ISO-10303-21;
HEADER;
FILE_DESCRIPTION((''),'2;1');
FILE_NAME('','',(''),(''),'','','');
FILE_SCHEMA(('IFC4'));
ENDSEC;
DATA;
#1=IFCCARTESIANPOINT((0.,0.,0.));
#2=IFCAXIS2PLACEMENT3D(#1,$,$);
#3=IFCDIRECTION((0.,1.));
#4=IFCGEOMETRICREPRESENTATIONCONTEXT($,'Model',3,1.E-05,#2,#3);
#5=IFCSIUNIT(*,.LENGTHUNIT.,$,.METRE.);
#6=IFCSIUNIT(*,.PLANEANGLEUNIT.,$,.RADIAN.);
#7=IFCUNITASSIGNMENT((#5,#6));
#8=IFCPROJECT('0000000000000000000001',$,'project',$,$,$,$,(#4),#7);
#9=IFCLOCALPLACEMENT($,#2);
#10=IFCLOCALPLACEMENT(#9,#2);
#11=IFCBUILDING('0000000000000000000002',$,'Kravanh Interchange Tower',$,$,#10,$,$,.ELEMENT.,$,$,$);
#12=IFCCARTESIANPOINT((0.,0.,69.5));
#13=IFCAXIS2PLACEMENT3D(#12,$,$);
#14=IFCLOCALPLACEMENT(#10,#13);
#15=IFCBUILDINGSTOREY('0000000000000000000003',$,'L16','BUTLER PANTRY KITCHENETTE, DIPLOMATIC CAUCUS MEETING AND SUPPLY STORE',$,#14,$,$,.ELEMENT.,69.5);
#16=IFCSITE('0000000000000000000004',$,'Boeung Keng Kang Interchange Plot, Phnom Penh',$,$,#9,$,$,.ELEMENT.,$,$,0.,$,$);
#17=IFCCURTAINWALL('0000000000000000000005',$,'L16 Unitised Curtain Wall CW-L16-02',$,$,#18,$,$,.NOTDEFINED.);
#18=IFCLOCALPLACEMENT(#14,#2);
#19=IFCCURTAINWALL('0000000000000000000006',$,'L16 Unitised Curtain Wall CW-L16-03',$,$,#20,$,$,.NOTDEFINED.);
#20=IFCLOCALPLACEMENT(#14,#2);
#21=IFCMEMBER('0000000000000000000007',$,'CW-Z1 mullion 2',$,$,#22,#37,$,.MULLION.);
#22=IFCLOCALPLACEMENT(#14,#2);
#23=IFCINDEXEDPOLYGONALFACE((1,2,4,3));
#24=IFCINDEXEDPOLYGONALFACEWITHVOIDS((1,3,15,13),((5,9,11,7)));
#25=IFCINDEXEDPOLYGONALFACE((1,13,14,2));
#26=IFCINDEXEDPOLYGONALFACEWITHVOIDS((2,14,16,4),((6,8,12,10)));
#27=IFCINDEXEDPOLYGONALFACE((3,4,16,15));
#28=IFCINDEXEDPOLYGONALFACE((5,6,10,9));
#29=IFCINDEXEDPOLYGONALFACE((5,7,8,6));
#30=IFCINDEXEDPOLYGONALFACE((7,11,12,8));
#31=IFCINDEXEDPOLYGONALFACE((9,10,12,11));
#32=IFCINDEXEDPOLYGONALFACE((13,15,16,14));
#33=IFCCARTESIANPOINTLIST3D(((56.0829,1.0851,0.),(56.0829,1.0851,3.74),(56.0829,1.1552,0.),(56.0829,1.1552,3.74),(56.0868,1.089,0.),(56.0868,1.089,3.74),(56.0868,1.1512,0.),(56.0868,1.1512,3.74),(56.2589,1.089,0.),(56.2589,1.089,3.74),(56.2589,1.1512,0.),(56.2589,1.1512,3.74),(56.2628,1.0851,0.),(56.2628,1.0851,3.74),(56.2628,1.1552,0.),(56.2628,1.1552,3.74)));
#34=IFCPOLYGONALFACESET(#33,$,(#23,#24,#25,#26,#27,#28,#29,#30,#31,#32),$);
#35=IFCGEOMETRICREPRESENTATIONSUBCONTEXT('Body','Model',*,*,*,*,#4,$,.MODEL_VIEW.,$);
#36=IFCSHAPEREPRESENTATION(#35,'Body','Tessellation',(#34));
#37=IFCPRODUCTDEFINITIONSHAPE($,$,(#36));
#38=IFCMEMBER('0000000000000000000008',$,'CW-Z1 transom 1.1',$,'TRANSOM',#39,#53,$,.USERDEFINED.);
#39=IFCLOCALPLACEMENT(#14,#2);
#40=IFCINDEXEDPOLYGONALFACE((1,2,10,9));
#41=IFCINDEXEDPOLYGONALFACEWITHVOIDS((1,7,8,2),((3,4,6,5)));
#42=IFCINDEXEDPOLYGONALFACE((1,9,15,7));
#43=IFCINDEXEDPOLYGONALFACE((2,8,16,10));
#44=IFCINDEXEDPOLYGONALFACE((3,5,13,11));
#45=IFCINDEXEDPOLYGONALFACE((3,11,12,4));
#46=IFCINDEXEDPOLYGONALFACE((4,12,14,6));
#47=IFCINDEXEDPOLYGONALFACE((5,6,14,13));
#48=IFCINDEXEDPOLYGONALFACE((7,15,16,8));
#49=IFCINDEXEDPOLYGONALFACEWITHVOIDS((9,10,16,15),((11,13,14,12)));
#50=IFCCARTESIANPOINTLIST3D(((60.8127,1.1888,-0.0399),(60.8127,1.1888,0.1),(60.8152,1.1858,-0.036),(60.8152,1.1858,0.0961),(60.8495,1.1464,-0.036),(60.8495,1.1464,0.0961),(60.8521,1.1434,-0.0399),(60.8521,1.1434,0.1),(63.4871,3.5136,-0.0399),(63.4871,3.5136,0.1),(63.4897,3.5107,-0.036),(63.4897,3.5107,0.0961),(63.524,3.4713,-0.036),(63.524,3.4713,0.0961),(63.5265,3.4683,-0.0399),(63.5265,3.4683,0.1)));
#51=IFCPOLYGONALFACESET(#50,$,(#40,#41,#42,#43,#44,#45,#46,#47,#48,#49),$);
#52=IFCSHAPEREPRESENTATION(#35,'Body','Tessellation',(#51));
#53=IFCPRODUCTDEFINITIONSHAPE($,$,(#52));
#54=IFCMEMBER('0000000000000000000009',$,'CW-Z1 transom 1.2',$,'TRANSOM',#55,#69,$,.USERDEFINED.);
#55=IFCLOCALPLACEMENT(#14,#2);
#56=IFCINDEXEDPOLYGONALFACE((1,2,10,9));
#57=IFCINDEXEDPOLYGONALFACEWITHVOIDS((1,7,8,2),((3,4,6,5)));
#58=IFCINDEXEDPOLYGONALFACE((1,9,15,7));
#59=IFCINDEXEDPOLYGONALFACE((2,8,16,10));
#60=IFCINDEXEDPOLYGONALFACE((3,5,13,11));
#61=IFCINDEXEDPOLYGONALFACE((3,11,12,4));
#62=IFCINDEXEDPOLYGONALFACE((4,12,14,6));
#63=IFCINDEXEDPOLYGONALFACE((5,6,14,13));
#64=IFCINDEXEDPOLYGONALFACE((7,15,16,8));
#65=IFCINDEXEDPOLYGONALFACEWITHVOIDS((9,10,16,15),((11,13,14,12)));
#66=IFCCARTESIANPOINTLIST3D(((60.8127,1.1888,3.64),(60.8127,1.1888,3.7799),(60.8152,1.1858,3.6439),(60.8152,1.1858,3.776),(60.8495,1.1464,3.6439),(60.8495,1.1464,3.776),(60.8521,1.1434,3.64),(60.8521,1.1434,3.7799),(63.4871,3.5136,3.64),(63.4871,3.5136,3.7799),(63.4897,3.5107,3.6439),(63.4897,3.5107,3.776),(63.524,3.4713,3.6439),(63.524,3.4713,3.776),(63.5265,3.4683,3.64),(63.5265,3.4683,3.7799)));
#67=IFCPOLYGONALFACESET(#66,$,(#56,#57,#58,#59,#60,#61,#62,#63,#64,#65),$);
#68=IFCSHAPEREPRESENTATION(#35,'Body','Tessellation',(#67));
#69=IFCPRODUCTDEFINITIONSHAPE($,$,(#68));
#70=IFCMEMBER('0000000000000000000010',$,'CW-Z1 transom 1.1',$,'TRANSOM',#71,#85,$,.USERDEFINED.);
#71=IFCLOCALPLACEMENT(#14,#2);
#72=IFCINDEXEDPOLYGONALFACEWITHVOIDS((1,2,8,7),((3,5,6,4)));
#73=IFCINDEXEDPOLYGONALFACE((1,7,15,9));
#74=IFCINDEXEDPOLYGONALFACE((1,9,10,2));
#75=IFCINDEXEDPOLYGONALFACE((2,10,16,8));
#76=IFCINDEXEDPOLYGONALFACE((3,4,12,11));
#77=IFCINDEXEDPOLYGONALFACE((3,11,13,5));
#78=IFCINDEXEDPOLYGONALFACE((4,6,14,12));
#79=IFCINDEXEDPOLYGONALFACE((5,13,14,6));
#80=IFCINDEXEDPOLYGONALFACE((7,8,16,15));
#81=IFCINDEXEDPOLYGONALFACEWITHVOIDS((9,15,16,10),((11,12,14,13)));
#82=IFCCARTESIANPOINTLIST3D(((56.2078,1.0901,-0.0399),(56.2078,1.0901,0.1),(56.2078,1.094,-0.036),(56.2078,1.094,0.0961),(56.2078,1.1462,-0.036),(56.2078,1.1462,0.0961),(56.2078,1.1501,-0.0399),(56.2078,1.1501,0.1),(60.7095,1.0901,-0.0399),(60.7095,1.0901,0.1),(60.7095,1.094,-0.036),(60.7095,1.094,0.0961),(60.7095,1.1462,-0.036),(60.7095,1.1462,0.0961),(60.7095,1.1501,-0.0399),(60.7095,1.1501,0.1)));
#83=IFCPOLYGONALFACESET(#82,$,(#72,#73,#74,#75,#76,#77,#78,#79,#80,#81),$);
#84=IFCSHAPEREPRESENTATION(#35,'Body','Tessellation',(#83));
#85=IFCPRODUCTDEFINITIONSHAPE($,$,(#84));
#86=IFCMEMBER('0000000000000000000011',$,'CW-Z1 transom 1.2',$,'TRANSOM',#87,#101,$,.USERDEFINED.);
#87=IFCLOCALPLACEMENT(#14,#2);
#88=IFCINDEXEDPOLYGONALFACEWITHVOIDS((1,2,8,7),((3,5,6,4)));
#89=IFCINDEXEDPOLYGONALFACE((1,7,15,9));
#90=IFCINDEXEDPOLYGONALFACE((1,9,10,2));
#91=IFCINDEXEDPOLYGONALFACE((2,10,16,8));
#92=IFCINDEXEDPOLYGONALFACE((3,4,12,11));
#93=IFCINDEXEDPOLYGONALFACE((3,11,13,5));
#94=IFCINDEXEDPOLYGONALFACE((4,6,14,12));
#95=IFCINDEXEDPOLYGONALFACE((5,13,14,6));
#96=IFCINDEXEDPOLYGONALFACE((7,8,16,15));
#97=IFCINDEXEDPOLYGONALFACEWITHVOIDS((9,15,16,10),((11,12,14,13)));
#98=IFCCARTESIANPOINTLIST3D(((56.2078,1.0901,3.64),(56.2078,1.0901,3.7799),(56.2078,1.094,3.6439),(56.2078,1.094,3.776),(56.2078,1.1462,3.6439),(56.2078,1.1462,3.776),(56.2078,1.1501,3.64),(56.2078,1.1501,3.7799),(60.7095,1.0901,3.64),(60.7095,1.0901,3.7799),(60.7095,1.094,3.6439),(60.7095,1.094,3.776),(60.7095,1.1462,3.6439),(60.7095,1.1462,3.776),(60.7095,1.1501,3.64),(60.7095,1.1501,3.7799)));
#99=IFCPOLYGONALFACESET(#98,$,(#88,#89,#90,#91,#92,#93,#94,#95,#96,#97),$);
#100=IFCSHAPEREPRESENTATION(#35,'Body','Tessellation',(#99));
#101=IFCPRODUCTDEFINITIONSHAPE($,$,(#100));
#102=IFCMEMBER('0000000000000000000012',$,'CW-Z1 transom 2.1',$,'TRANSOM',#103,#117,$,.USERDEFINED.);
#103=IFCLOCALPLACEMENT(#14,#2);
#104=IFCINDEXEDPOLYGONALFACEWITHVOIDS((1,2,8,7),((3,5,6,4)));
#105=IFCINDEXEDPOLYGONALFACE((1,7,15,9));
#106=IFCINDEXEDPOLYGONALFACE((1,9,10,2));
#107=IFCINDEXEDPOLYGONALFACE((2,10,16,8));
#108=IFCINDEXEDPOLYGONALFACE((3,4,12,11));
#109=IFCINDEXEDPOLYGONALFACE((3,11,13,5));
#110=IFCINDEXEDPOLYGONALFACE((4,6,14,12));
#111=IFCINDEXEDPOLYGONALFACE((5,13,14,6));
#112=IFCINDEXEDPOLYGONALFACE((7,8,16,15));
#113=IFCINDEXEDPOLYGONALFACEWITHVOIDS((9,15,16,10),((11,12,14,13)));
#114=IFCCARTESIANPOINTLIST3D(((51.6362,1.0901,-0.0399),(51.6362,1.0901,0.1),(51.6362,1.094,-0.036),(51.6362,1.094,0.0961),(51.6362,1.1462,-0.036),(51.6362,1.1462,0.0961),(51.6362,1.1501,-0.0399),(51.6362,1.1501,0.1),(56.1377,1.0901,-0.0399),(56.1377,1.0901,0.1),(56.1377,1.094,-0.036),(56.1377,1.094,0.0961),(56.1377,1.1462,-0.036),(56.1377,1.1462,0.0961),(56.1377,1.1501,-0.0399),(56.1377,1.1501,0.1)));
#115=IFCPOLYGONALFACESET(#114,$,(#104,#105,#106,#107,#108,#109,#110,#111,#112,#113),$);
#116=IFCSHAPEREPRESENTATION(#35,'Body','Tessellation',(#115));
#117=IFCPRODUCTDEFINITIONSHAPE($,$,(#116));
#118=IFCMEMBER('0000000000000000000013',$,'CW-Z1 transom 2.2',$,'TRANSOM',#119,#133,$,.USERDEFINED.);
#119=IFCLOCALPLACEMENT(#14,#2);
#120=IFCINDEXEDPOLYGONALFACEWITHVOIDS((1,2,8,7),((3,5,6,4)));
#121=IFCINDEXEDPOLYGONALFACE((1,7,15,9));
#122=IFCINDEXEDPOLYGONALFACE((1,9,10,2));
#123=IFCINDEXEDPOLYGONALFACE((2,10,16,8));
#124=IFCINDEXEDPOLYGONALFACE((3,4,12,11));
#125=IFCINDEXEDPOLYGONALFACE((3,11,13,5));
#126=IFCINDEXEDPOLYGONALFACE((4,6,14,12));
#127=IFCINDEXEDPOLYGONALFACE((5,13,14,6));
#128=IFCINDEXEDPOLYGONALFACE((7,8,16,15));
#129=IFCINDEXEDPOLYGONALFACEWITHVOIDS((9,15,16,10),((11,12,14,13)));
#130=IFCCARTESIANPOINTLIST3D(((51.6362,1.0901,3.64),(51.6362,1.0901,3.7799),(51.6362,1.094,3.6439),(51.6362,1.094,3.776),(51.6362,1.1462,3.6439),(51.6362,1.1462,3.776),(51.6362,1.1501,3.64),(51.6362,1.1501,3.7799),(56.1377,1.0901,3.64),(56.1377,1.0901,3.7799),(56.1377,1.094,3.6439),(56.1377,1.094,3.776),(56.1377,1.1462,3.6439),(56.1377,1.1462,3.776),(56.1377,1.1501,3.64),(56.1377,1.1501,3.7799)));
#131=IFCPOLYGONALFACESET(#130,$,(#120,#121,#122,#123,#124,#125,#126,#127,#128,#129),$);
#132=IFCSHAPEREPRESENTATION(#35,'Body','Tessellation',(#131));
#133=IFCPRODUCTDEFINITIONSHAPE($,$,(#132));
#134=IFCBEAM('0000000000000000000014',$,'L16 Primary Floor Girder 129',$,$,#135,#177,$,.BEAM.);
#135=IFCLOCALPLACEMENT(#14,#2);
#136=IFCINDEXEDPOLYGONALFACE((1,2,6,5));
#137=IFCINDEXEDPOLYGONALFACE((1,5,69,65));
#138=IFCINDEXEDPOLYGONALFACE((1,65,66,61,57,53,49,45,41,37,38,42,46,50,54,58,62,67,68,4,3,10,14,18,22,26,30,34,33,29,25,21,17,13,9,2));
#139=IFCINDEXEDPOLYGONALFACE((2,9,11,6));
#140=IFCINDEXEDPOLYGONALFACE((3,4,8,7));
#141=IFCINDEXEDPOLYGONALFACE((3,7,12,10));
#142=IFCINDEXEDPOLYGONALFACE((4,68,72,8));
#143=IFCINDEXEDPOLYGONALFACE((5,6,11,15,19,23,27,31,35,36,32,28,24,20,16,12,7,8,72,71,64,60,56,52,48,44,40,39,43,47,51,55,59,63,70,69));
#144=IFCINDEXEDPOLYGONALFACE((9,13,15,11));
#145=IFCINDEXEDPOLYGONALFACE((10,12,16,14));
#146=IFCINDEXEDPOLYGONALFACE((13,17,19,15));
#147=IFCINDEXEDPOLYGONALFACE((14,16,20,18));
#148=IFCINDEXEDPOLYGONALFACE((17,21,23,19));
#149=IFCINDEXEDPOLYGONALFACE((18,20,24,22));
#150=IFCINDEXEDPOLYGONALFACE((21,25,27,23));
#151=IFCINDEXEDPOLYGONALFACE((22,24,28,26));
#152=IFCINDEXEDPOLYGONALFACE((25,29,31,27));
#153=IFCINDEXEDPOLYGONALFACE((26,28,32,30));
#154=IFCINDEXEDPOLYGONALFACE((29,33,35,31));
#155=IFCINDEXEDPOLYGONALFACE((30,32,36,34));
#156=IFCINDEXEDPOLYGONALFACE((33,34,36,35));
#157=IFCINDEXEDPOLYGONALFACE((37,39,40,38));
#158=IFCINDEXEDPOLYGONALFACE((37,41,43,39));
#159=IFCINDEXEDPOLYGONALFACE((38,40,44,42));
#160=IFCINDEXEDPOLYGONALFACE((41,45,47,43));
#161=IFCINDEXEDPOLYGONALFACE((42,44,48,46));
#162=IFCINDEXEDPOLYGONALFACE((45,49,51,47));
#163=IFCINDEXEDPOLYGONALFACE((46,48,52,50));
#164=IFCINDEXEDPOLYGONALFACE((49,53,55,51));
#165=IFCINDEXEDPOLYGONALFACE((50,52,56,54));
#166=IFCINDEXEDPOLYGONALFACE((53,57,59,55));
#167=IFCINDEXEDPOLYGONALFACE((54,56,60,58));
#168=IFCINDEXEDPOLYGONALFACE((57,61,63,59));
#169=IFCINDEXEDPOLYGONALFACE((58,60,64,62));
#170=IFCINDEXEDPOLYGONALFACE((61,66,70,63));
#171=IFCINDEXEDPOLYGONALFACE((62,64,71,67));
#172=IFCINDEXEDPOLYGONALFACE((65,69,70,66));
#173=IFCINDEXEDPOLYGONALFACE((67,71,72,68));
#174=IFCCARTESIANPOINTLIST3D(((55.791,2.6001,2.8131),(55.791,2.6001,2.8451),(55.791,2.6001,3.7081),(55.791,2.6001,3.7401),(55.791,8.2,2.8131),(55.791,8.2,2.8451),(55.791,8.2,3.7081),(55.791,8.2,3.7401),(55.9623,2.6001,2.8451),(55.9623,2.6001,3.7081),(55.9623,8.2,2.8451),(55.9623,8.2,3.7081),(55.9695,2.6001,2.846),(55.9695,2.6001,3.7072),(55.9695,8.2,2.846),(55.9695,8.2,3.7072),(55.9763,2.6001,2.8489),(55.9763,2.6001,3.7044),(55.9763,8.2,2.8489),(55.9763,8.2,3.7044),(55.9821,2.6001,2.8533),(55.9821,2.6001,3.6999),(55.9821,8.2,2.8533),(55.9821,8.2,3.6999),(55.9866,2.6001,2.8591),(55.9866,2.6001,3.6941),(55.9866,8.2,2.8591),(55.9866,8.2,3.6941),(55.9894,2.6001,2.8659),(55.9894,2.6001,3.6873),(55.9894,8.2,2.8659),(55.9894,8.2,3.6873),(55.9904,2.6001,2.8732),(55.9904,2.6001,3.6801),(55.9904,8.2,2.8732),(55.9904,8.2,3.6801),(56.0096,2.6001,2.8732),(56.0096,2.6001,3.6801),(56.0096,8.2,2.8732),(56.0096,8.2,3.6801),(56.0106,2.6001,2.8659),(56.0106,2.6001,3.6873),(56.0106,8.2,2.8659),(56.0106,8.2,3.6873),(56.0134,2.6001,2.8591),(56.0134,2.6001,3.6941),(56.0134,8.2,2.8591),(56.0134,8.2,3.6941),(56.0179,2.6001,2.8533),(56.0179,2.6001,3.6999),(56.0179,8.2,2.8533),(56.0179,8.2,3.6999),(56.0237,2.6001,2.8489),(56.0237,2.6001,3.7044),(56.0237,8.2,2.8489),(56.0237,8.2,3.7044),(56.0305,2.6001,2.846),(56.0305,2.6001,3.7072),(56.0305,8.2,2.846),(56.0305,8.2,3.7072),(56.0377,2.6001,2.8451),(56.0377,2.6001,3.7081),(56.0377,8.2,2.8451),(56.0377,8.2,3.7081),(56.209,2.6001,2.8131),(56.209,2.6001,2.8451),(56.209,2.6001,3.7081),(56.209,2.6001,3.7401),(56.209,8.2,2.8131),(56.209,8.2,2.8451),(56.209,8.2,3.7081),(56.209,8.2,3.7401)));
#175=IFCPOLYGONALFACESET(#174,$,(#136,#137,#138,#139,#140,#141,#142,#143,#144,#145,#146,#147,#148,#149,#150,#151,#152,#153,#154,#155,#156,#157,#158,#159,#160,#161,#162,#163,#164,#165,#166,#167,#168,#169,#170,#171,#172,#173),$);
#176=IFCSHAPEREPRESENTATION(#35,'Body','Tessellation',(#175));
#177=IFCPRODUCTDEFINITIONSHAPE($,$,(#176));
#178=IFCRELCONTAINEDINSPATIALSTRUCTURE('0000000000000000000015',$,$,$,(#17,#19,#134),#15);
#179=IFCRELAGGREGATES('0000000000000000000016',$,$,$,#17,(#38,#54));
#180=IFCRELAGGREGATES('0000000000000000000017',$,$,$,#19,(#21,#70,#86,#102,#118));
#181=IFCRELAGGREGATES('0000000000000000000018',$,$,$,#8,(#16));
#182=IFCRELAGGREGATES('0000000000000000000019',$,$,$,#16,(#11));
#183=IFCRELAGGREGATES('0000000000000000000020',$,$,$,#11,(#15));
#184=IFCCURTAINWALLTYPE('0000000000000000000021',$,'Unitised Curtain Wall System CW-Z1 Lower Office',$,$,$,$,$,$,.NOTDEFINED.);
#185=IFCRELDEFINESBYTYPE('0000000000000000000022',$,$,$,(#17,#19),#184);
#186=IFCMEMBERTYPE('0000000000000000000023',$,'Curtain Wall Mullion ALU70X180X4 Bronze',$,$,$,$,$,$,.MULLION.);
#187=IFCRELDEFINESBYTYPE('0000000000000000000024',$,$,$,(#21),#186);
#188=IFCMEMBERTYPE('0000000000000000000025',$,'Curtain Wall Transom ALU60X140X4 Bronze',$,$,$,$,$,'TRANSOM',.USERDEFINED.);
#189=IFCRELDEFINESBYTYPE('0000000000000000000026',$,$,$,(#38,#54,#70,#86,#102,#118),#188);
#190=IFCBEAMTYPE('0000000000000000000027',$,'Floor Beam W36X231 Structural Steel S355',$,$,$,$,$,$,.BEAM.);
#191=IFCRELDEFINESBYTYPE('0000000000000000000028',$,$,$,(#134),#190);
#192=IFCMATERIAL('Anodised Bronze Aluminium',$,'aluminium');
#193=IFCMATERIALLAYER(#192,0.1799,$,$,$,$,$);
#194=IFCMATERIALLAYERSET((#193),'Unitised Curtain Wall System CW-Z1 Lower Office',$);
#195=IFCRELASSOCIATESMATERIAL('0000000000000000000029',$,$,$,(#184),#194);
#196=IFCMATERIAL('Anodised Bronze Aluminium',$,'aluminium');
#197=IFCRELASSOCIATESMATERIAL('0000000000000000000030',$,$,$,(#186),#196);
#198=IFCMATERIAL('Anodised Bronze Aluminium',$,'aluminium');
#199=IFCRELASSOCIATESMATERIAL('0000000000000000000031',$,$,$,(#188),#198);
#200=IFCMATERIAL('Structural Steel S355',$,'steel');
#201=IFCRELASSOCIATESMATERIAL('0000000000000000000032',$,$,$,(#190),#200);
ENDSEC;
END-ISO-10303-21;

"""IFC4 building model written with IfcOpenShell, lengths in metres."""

from ifc_helpers import new_model, si_unit, direction, frame, origin, origin_2d, place, context, subcontext, project, spatial, hollow_rectangle, i_section, extrude, material, layer, layer_set, material_profile, profile_set, type_object, element, aggregate, save


model = new_model("IFC4")

# Units and contexts
model_context = context("Model", 3, precision=1e-05, world=origin(), true_north=direction((0.0, 1.0)))
body_context = subcontext(model_context, "Body", "Model", "MODEL_VIEW")
ifc_project = project(units=[si_unit("LENGTHUNIT", "METRE"), si_unit("PLANEANGLEUNIT", "RADIAN")], contexts=[model_context])

# Site, building, storey
site_placement = place(None, origin())
site = spatial("IfcSite", under=ifc_project, at=site_placement, Name="Boeung Keng Kang Interchange Plot, Phnom Penh", CompositionType="ELEMENT", RefElevation=0.0)
building_placement = place(site_placement, origin())
building = spatial("IfcBuilding", under=site, at=building_placement, Name="Kravanh Interchange Tower", CompositionType="ELEMENT")
storey_placement = place(building_placement, frame((0.0, 0.0, 69.5)))
storey = spatial("IfcBuildingStorey", under=building, at=storey_placement, Name="L16", Description="BUTLER PANTRY KITCHENETTE, DIPLOMATIC CAUCUS MEETING AND SUPPLY STORE", CompositionType="ELEMENT", Elevation=69.5)

# Curtain walls, member
ifc_material_1 = material(Name="Anodised Bronze Aluminium", Category="aluminium")
ifc_layer_1 = layer(ifc_material_1, 0.1799)
ifc_layer_set_1 = layer_set([ifc_layer_1], Name="Unitised Curtain Wall System CW-Z1 Lower Office")
curtain_wall_type = type_object("IfcCurtainWallType", Name="Unitised Curtain Wall System CW-Z1 Lower Office", PredefinedType="NOTDEFINED", material=ifc_layer_set_1)
curtain_wall_1_placement = place(storey_placement, origin())
curtain_wall_1 = element("IfcCurtainWall", 1, at=curtain_wall_1_placement, inside=storey, type_object=curtain_wall_type, Name="L16 Unitised Curtain Wall CW-L16-02", PredefinedType="NOTDEFINED")
ifc_material_2 = material(Name="Anodised Bronze Aluminium", Category="aluminium")
ifc_material_profile_1 = material_profile(ifc_material_2, hollow_rectangle(XDim=0.0701, YDim=0.1799, WallThickness=0.0039, at=origin_2d()), Name="ALU70X180X4")
ifc_profile_set_1 = profile_set([ifc_material_profile_1], Name="Anodised Bronze Aluminium")
member_type_1 = type_object("IfcMemberType", Name="Curtain Wall Mullion ALU70X180X4 Bronze", PredefinedType="MULLION", material=ifc_profile_set_1)
curtain_wall_2_placement = place(storey_placement, origin())
curtain_wall_2 = element("IfcCurtainWall", 2, at=curtain_wall_2_placement, inside=storey, type_object=curtain_wall_type, Name="L16 Unitised Curtain Wall CW-L16-03", PredefinedType="NOTDEFINED")
member_1_placement = place(storey_placement, frame((56.1729, 1.1201, 0.0), z_axis=(0.0, 0.0, 1.0), x_axis=(0.0, -1.0, 0.0)))
member_1 = element("IfcMember", 3, at=member_1_placement, type_object=member_type_1, Name="CW-Z1 mullion 2", PredefinedType="MULLION", context=body_context, shape_type="SweptSolid", body=[
    extrude(hollow_rectangle(XDim=0.0701, YDim=0.1799, WallThickness=0.0039, at=origin_2d()), origin(), (0.0, 0.0, 1.0), 3.74),
])

# Members
ifc_material_3 = material(Name="Anodised Bronze Aluminium", Category="aluminium")
ifc_material_profile_2 = material_profile(ifc_material_3, hollow_rectangle(XDim=0.0601, YDim=0.1399, WallThickness=0.0039, at=origin_2d()), Name="ALU60X140X4")
ifc_profile_set_2 = profile_set([ifc_material_profile_2], Name="Anodised Bronze Aluminium")
member_type_2 = type_object("IfcMemberType", Name="Curtain Wall Transom ALU60X140X4 Bronze", ElementType="TRANSOM", PredefinedType="USERDEFINED", material=ifc_profile_set_2)
member_2_placement = place(storey_placement, frame((63.5068, 3.491, 0.03), z_axis=(-0.754711, -0.656058, 0.0), x_axis=(0.656058, -0.754711, 0.0)))
member_2 = element("IfcMember", 4, at=member_2_placement, type_object=member_type_2, Name="CW-Z1 transom 1.1", ObjectType="TRANSOM", PredefinedType="USERDEFINED", context=body_context, shape_type="SweptSolid", body=[
    extrude(hollow_rectangle(XDim=0.0601, YDim=0.1399, WallThickness=0.0039, at=origin_2d()), origin(), (0.0, 0.0, 1.0), 3.5437),
])
member_3_placement = place(storey_placement, frame((63.5068, 3.491, 3.71), z_axis=(-0.754711, -0.656058, 0.0), x_axis=(0.656058, -0.754711, 0.0)))
member_3 = element("IfcMember", 5, at=member_3_placement, type_object=member_type_2, Name="CW-Z1 transom 1.2", ObjectType="TRANSOM", PredefinedType="USERDEFINED", context=body_context, shape_type="SweptSolid", body=[
    extrude(hollow_rectangle(XDim=0.0601, YDim=0.1399, WallThickness=0.0039, at=origin_2d()), origin(), (0.0, 0.0, 1.0), 3.5437),
])
member_4_placement = place(storey_placement, frame((60.7095, 1.1201, 0.03), z_axis=(-1.0, 0.0, 0.0), x_axis=(0.0, -1.0, 0.0)))
member_4 = element("IfcMember", 6, at=member_4_placement, type_object=member_type_2, Name="CW-Z1 transom 1.1", ObjectType="TRANSOM", PredefinedType="USERDEFINED", context=body_context, shape_type="SweptSolid", body=[
    extrude(hollow_rectangle(XDim=0.0601, YDim=0.1399, WallThickness=0.0039, at=origin_2d()), origin(), (0.0, 0.0, 1.0), 4.5017),
])
member_5_placement = place(storey_placement, frame((60.7095, 1.1201, 3.71), z_axis=(-1.0, 0.0, 0.0), x_axis=(0.0, -1.0, 0.0)))
member_5 = element("IfcMember", 7, at=member_5_placement, type_object=member_type_2, Name="CW-Z1 transom 1.2", ObjectType="TRANSOM", PredefinedType="USERDEFINED", context=body_context, shape_type="SweptSolid", body=[
    extrude(hollow_rectangle(XDim=0.0601, YDim=0.1399, WallThickness=0.0039, at=origin_2d()), origin(), (0.0, 0.0, 1.0), 4.5017),
])
member_6_placement = place(storey_placement, frame((56.1377, 1.1201, 0.03), z_axis=(-1.0, 0.0, 0.0), x_axis=(0.0, -1.0, 0.0)))
member_6 = element("IfcMember", 8, at=member_6_placement, type_object=member_type_2, Name="CW-Z1 transom 2.1", ObjectType="TRANSOM", PredefinedType="USERDEFINED", context=body_context, shape_type="SweptSolid", body=[
    extrude(hollow_rectangle(XDim=0.0601, YDim=0.1399, WallThickness=0.0039, at=origin_2d()), origin(), (0.0, 0.0, 1.0), 4.5015),
])
member_7_placement = place(storey_placement, frame((56.1377, 1.1201, 3.71), z_axis=(-1.0, 0.0, 0.0), x_axis=(0.0, -1.0, 0.0)))
member_7 = element("IfcMember", 9, at=member_7_placement, type_object=member_type_2, Name="CW-Z1 transom 2.2", ObjectType="TRANSOM", PredefinedType="USERDEFINED", context=body_context, shape_type="SweptSolid", body=[
    extrude(hollow_rectangle(XDim=0.0601, YDim=0.1399, WallThickness=0.0039, at=origin_2d()), origin(), (0.0, 0.0, 1.0), 4.5015),
])

# Beam
ifc_material_4 = material(Name="Structural Steel S355", Category="steel")
ifc_material_profile_3 = material_profile(ifc_material_4, i_section(OverallWidth=0.418, OverallDepth=0.927, WebThickness=0.0193, FlangeThickness=0.032, FilletRadius=0.0281, at=origin_2d()), Name="W36X231")
ifc_profile_set_3 = profile_set([ifc_material_profile_3], Name="Structural Steel S355")
beam_type_1 = type_object("IfcBeamType", Name="Floor Beam W36X231 Structural Steel S355", PredefinedType="BEAM", material=ifc_profile_set_3)
beam_1_placement = place(storey_placement, frame((56.0, 2.6001, 3.2766), z_axis=(0.0, 1.0, 0.0), x_axis=(-1.0, 0.0, 0.0)))
element("IfcBeam", 10, at=beam_1_placement, inside=storey, type_object=beam_type_1, Name="L16 Primary Floor Girder 129", PredefinedType="BEAM", context=body_context, shape_type="SweptSolid", body=[
    extrude(i_section(OverallWidth=0.418, OverallDepth=0.927, WebThickness=0.0193, FlangeThickness=0.032, FilletRadius=0.0281, at=origin_2d()), origin(), (0.0, 0.0, 1.0), 5.5999),
])

aggregate(curtain_wall_1, [member_2, member_3])
aggregate(curtain_wall_2, [member_1, member_4, member_5, member_6, member_7])

save(model, "model.ifc")
